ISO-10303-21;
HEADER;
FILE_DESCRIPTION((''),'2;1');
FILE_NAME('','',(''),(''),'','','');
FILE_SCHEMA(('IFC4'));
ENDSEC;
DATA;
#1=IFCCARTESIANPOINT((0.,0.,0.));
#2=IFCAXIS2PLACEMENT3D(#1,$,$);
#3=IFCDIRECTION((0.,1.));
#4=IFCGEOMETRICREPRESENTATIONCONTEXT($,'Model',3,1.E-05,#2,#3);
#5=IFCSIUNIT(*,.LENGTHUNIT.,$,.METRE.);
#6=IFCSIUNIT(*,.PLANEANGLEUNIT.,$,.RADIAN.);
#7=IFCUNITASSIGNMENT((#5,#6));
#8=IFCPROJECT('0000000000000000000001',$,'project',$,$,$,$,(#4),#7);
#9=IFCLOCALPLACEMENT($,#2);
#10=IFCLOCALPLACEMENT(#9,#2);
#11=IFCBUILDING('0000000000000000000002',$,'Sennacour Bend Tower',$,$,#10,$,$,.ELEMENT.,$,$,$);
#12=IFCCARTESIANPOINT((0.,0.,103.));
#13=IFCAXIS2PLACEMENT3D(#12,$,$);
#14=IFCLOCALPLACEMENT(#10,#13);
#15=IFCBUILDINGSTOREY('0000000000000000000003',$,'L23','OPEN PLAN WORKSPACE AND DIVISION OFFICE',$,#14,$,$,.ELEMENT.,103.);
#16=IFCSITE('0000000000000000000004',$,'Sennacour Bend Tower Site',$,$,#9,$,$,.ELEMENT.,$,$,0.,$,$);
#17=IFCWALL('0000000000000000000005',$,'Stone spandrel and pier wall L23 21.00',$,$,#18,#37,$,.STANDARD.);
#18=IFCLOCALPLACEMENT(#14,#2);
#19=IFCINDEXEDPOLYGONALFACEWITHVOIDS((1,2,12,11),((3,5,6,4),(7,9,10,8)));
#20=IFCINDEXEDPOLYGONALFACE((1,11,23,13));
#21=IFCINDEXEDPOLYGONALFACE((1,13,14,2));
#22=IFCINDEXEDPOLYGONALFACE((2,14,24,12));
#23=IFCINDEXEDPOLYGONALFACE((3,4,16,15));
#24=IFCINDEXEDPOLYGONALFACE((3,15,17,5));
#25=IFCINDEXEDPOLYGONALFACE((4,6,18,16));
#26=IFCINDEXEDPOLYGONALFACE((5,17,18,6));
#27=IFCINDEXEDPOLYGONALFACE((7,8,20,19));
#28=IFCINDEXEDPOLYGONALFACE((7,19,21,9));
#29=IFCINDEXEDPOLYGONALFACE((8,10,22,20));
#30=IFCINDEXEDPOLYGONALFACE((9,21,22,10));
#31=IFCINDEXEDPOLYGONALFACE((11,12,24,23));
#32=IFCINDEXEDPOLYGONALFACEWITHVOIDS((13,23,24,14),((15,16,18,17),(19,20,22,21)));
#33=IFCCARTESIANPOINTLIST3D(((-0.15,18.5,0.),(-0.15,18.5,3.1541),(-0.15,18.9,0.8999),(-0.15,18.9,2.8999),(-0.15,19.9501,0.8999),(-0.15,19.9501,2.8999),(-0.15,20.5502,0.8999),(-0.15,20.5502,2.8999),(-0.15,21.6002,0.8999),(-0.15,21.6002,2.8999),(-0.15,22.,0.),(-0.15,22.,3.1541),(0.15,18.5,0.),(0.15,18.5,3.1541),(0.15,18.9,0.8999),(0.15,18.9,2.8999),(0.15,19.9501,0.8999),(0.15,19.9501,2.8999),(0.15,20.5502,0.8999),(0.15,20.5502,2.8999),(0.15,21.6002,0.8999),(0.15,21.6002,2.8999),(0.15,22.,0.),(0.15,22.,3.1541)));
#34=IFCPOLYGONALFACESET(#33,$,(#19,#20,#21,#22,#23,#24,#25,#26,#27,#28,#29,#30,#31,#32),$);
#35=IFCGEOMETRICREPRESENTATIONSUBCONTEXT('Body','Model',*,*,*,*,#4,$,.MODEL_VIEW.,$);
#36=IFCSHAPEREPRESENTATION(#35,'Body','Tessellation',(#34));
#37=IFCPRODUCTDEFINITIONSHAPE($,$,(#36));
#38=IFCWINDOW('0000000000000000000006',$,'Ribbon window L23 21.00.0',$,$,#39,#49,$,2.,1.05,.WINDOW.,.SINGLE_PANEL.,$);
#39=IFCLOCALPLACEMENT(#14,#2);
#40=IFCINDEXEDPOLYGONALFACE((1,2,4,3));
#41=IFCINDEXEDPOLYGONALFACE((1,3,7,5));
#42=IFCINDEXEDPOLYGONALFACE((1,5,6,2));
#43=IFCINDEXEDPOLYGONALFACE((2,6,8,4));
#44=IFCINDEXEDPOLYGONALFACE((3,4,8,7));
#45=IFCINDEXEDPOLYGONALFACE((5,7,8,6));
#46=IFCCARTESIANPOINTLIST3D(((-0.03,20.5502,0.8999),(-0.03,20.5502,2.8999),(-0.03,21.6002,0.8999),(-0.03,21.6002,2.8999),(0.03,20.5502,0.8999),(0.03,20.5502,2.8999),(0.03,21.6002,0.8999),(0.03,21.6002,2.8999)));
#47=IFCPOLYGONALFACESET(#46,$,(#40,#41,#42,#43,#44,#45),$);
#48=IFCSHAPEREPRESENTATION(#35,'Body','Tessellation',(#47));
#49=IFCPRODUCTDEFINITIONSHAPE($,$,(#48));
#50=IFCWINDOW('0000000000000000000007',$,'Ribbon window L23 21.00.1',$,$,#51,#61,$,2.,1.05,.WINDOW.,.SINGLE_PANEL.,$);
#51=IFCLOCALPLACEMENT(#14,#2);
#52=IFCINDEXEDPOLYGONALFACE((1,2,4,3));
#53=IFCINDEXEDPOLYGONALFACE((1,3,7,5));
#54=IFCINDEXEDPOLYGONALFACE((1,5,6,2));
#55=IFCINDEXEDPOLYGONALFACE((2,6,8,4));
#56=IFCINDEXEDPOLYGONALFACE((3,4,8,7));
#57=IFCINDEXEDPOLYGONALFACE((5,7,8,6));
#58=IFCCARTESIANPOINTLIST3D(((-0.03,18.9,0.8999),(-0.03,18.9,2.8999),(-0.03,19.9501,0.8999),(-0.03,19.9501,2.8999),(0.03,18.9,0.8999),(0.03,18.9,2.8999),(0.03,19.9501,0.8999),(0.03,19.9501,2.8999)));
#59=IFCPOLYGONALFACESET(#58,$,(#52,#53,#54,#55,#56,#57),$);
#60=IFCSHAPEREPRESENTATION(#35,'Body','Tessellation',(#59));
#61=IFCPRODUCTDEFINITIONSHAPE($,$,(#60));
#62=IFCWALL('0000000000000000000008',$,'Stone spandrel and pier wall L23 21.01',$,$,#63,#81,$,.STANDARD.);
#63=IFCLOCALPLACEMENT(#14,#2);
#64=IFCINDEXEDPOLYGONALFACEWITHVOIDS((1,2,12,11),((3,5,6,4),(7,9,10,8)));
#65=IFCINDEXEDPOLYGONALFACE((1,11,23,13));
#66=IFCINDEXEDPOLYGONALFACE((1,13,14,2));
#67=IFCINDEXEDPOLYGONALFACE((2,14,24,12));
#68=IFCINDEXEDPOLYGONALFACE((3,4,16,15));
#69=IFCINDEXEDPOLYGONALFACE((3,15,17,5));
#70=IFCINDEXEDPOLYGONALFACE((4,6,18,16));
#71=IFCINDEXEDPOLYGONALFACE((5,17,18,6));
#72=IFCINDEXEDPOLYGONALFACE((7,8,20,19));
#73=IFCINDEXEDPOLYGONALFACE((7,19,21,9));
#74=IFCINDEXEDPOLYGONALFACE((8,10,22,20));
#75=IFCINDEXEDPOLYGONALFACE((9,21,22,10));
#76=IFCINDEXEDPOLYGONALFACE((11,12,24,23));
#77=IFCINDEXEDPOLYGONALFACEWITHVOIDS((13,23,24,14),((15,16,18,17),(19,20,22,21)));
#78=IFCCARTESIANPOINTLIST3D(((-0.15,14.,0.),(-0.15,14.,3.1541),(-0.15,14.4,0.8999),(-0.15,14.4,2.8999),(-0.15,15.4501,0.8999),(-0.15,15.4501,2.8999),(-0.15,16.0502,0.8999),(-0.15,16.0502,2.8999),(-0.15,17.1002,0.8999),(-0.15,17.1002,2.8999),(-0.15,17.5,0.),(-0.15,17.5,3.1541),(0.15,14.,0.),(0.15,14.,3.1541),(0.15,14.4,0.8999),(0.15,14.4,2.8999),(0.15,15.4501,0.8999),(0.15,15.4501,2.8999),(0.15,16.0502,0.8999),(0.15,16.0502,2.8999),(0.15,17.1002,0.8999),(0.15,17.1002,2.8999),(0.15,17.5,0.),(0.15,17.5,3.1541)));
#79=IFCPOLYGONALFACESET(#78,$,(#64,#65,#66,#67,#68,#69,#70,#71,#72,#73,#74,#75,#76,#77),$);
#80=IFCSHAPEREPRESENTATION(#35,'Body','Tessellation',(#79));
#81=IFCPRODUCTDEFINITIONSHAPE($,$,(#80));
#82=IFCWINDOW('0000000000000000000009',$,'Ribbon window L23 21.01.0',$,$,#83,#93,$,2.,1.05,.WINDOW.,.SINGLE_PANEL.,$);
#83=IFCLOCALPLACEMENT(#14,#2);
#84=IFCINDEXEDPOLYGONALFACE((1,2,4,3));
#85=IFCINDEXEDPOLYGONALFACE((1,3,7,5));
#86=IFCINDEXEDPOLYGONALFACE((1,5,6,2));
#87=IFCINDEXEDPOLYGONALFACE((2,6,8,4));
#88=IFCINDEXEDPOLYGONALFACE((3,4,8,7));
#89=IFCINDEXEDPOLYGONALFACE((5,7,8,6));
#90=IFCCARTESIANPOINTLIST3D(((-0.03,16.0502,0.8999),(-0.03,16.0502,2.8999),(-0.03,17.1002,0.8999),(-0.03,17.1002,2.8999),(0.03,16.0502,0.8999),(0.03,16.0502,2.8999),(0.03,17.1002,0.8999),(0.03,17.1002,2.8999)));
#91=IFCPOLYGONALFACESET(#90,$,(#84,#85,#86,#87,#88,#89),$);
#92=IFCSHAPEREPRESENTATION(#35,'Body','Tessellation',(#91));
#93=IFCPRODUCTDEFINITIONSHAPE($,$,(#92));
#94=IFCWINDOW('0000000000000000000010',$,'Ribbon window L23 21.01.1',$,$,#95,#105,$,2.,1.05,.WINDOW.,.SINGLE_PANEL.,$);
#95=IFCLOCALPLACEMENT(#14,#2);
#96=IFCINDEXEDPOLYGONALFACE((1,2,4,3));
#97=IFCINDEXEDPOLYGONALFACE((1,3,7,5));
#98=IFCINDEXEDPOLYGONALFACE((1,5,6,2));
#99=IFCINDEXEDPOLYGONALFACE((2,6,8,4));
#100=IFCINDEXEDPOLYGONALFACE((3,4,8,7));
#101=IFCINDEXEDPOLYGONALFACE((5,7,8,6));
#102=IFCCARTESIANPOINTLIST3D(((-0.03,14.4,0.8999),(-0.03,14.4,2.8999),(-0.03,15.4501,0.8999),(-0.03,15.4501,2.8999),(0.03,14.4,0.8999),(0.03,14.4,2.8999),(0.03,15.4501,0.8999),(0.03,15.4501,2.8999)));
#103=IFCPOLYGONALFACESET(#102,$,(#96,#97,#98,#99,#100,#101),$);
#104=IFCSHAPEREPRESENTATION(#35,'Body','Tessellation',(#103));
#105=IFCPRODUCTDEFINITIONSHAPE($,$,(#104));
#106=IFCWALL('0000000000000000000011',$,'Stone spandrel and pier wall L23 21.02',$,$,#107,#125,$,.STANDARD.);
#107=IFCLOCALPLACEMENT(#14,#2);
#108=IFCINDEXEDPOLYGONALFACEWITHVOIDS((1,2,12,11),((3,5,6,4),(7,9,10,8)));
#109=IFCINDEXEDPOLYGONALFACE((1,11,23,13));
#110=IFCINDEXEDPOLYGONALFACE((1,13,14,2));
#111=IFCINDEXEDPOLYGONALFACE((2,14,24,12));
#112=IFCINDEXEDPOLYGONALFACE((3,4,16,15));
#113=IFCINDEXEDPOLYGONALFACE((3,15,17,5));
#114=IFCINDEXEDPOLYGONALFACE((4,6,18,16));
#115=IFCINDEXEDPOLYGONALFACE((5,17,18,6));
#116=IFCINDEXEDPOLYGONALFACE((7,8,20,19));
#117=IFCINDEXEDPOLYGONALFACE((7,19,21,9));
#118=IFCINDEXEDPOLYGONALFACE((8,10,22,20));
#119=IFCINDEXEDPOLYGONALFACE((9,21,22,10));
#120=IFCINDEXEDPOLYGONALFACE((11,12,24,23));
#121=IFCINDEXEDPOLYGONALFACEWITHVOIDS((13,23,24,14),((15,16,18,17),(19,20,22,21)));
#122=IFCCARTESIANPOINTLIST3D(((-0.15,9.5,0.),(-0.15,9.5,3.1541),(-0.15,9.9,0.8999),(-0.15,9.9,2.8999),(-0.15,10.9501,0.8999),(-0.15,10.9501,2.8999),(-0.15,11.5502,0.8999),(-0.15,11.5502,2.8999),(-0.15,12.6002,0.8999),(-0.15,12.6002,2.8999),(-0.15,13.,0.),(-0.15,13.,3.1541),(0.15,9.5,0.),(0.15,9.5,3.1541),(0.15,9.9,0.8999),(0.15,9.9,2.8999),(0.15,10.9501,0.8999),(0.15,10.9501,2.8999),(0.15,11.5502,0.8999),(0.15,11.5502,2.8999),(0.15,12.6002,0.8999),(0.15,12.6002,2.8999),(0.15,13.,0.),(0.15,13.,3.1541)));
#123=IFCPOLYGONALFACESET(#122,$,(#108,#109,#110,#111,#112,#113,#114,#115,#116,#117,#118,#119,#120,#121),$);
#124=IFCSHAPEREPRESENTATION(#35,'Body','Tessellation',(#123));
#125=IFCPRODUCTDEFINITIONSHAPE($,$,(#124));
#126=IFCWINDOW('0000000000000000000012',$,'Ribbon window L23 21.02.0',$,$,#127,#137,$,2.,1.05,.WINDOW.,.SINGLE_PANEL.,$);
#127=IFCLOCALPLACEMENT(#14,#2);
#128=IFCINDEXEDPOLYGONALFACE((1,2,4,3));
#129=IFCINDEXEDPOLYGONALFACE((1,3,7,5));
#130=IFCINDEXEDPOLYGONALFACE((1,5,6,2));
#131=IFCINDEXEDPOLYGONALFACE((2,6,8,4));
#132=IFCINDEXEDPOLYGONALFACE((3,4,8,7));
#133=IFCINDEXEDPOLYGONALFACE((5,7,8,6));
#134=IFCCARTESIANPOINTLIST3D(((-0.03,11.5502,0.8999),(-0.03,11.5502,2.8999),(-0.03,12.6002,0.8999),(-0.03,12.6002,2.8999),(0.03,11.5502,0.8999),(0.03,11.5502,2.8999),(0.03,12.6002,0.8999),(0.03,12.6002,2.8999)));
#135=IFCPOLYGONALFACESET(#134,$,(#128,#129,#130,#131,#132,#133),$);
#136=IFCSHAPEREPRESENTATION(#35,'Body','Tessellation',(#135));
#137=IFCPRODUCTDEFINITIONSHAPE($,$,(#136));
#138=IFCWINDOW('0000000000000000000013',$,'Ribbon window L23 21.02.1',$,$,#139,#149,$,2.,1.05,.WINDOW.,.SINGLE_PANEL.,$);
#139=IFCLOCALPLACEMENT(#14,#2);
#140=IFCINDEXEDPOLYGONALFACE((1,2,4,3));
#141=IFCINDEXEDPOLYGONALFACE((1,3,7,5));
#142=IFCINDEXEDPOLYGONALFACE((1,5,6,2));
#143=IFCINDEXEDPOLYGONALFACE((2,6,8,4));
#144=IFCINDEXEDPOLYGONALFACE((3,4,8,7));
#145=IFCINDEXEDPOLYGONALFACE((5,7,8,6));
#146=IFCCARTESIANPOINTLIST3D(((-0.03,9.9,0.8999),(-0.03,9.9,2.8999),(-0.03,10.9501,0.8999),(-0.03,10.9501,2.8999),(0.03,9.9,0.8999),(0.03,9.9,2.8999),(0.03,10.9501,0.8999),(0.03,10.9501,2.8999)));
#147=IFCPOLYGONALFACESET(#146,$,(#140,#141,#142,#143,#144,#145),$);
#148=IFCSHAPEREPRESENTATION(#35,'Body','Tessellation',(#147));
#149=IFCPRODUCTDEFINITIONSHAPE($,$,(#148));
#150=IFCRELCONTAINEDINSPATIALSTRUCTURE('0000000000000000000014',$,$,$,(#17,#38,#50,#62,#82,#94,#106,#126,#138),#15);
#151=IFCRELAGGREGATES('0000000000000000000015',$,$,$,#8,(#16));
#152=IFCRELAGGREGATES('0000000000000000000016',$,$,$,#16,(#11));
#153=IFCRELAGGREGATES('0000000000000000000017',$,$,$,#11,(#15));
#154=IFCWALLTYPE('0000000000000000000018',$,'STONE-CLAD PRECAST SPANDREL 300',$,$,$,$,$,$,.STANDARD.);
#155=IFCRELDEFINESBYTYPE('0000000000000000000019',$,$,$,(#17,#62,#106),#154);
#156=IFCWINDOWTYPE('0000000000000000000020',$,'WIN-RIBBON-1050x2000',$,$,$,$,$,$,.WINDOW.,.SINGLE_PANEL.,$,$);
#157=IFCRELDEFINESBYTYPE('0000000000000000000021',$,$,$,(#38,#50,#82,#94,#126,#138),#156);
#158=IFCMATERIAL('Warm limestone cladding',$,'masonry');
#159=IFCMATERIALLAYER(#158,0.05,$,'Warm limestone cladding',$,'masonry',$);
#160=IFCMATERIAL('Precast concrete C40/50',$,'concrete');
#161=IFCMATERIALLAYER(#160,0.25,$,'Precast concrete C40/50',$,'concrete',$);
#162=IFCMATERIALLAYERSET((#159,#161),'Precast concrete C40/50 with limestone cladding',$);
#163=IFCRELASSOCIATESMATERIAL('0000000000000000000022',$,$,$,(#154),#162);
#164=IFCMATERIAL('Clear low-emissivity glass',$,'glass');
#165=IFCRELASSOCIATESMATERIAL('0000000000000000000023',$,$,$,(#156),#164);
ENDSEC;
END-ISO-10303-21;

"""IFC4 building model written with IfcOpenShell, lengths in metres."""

from ifc_helpers import new_model, si_unit, direction, frame, frame_2d, origin, place, context, subcontext, project, spatial, rectangle, extrude, material, layer, layer_set, type_object, element, fill, save


model = new_model("IFC4")

# Units and contexts
model_context = context("Model", 3, precision=1e-05, world=origin(), true_north=direction((0.0, 1.0)))
body_context = subcontext(model_context, "Body", "Model", "MODEL_VIEW")
ifc_project = project(units=[si_unit("LENGTHUNIT", "METRE"), si_unit("PLANEANGLEUNIT", "RADIAN")], contexts=[model_context])

# Site, building, storey
site_placement = place(None, origin())
site = spatial("IfcSite", under=ifc_project, at=site_placement, Name="Sennacour Bend Tower Site", CompositionType="ELEMENT", RefElevation=0.0)
building_placement = place(site_placement, origin())
building = spatial("IfcBuilding", under=site, at=building_placement, Name="Sennacour Bend Tower", CompositionType="ELEMENT")
storey_placement = place(building_placement, frame((0.0, 0.0, 103.0)))
storey = spatial("IfcBuildingStorey", under=building, at=storey_placement, Name="L23", Description="OPEN PLAN WORKSPACE AND DIVISION OFFICE", CompositionType="ELEMENT", Elevation=103.0)

# Walls, openings, windows
ifc_material_1 = material(Name="Warm limestone cladding", Category="masonry")
ifc_layer_1 = layer(ifc_material_1, 0.05, Name="Warm limestone cladding", Category="masonry")
ifc_material_2 = material(Name="Precast concrete C40/50", Category="concrete")
ifc_layer_2 = layer(ifc_material_2, 0.25, Name="Precast concrete C40/50", Category="concrete")
ifc_layer_set = layer_set([ifc_layer_1, ifc_layer_2], Name="Precast concrete C40/50 with limestone cladding")
wall_type = type_object("IfcWallType", Name="STONE-CLAD PRECAST SPANDREL 300", PredefinedType="STANDARD", material=ifc_layer_set)
wall_1_placement = place(storey_placement, frame((0.0, 22.0, 0.0), z_axis=(0.0, 0.0, 1.0), x_axis=(0.0, -1.0, 0.0)))
wall_1 = element("IfcWall", 1, at=wall_1_placement, inside=storey, type_object=wall_type, Name="Stone spandrel and pier wall L23 21.00", PredefinedType="STANDARD", context=body_context, shape_type="SweptSolid", body=[
    extrude(rectangle(XDim=3.5, YDim=0.3, at=frame_2d((1.75, 0.0))), origin(), (0.0, 0.0, 1.0), 3.1541),
])
opening_1_placement = place(wall_1_placement, frame((0.3999, 0.0, 0.8999)))
opening_1 = element("IfcOpeningElement", 2, at=opening_1_placement, cuts=wall_1, PredefinedType="OPENING", context=body_context, shape_type="SweptSolid", body=[
    extrude(rectangle(XDim=1.05, YDim=2.0, at=frame_2d((0.5249, 1.0))), frame((0.0, 0.1602, 0.0), z_axis=(0.0, -1.0, 0.0), x_axis=(1.0, 0.0, 0.0)), (0.0, 0.0, 1.0), 0.3201),
])
opening_2_placement = place(wall_1_placement, frame((2.05, 0.0, 0.8999)))
opening_2 = element("IfcOpeningElement", 3, at=opening_2_placement, cuts=wall_1, PredefinedType="OPENING", context=body_context, shape_type="SweptSolid", body=[
    extrude(rectangle(XDim=1.05, YDim=2.0, at=frame_2d((0.5249, 1.0))), frame((0.0, 0.1602, 0.0), z_axis=(0.0, -1.0, 0.0), x_axis=(1.0, 0.0, 0.0)), (0.0, 0.0, 1.0), 0.3201),
])
ifc_material_3 = material(Name="Clear low-emissivity glass", Category="glass")
window_type = type_object("IfcWindowType", Name="WIN-RIBBON-1050x2000", PartitioningType="SINGLE_PANEL", PredefinedType="WINDOW", material=ifc_material_3)
window_1_placement = place(opening_1_placement, origin())
window_1 = element("IfcWindow", 4, at=window_1_placement, inside=storey, type_object=window_type, Name="Ribbon window L23 21.00.0", OverallHeight=2.0, OverallWidth=1.05, PartitioningType="SINGLE_PANEL", PredefinedType="WINDOW", context=body_context, shape_type="SweptSolid", body=[
    extrude(rectangle(XDim=1.05, YDim=2.0, at=frame_2d((0.5249, 1.0))), frame((0.0, 0.03, 0.0), z_axis=(0.0, -1.0, 0.0), x_axis=(1.0, 0.0, 0.0)), (0.0, 0.0, 1.0), 0.0601),
])
fill(opening_1, window_1)
window_2_placement = place(opening_2_placement, origin())
window_2 = element("IfcWindow", 5, at=window_2_placement, inside=storey, type_object=window_type, Name="Ribbon window L23 21.00.1", OverallHeight=2.0, OverallWidth=1.05, PartitioningType="SINGLE_PANEL", PredefinedType="WINDOW", context=body_context, shape_type="SweptSolid", body=[
    extrude(rectangle(XDim=1.05, YDim=2.0, at=frame_2d((0.5249, 1.0))), frame((0.0, 0.03, 0.0), z_axis=(0.0, -1.0, 0.0), x_axis=(1.0, 0.0, 0.0)), (0.0, 0.0, 1.0), 0.0601),
])
fill(opening_2, window_2)
wall_2_placement = place(storey_placement, frame((0.0, 17.5, 0.0), z_axis=(0.0, 0.0, 1.0), x_axis=(0.0, -1.0, 0.0)))
wall_2 = element("IfcWall", 6, at=wall_2_placement, inside=storey, type_object=wall_type, Name="Stone spandrel and pier wall L23 21.01", PredefinedType="STANDARD", context=body_context, shape_type="SweptSolid", body=[
    extrude(rectangle(XDim=3.5, YDim=0.3, at=frame_2d((1.75, 0.0))), origin(), (0.0, 0.0, 1.0), 3.1541),
])
opening_3_placement = place(wall_2_placement, frame((0.3999, 0.0, 0.8999)))
opening_3 = element("IfcOpeningElement", 7, at=opening_3_placement, cuts=wall_2, PredefinedType="OPENING", context=body_context, shape_type="SweptSolid", body=[
    extrude(rectangle(XDim=1.05, YDim=2.0, at=frame_2d((0.5249, 1.0))), frame((0.0, 0.1602, 0.0), z_axis=(0.0, -1.0, 0.0), x_axis=(1.0, 0.0, 0.0)), (0.0, 0.0, 1.0), 0.3201),
])
opening_4_placement = place(wall_2_placement, frame((2.05, 0.0, 0.8999)))
opening_4 = element("IfcOpeningElement", 8, at=opening_4_placement, cuts=wall_2, PredefinedType="OPENING", context=body_context, shape_type="SweptSolid", body=[
    extrude(rectangle(XDim=1.05, YDim=2.0, at=frame_2d((0.5249, 1.0))), frame((0.0, 0.1602, 0.0), z_axis=(0.0, -1.0, 0.0), x_axis=(1.0, 0.0, 0.0)), (0.0, 0.0, 1.0), 0.3201),
])
window_3_placement = place(opening_3_placement, origin())
window_3 = element("IfcWindow", 9, at=window_3_placement, inside=storey, type_object=window_type, Name="Ribbon window L23 21.01.0", OverallHeight=2.0, OverallWidth=1.05, PartitioningType="SINGLE_PANEL", PredefinedType="WINDOW", context=body_context, shape_type="SweptSolid", body=[
    extrude(rectangle(XDim=1.05, YDim=2.0, at=frame_2d((0.5249, 1.0))), frame((0.0, 0.03, 0.0), z_axis=(0.0, -1.0, 0.0), x_axis=(1.0, 0.0, 0.0)), (0.0, 0.0, 1.0), 0.0601),
])
fill(opening_3, window_3)
window_4_placement = place(opening_4_placement, origin())
window_4 = element("IfcWindow", 10, at=window_4_placement, inside=storey, type_object=window_type, Name="Ribbon window L23 21.01.1", OverallHeight=2.0, OverallWidth=1.05, PartitioningType="SINGLE_PANEL", PredefinedType="WINDOW", context=body_context, shape_type="SweptSolid", body=[
    extrude(rectangle(XDim=1.05, YDim=2.0, at=frame_2d((0.5249, 1.0))), frame((0.0, 0.03, 0.0), z_axis=(0.0, -1.0, 0.0), x_axis=(1.0, 0.0, 0.0)), (0.0, 0.0, 1.0), 0.0601),
])
fill(opening_4, window_4)
wall_3_placement = place(storey_placement, frame((0.0, 13.0, 0.0), z_axis=(0.0, 0.0, 1.0), x_axis=(0.0, -1.0, 0.0)))
wall_3 = element("IfcWall", 11, at=wall_3_placement, inside=storey, type_object=wall_type, Name="Stone spandrel and pier wall L23 21.02", PredefinedType="STANDARD", context=body_context, shape_type="SweptSolid", body=[
    extrude(rectangle(XDim=3.5, YDim=0.3, at=frame_2d((1.75, 0.0))), origin(), (0.0, 0.0, 1.0), 3.1541),
])
opening_5_placement = place(wall_3_placement, frame((0.3999, 0.0, 0.8999)))
opening_5 = element("IfcOpeningElement", 12, at=opening_5_placement, cuts=wall_3, PredefinedType="OPENING", context=body_context, shape_type="SweptSolid", body=[
    extrude(rectangle(XDim=1.05, YDim=2.0, at=frame_2d((0.5249, 1.0))), frame((0.0, 0.1602, 0.0), z_axis=(0.0, -1.0, 0.0), x_axis=(1.0, 0.0, 0.0)), (0.0, 0.0, 1.0), 0.3201),
])
opening_6_placement = place(wall_3_placement, frame((2.05, 0.0, 0.8999)))
opening_6 = element("IfcOpeningElement", 13, at=opening_6_placement, cuts=wall_3, PredefinedType="OPENING", context=body_context, shape_type="SweptSolid", body=[
    extrude(rectangle(XDim=1.05, YDim=2.0, at=frame_2d((0.5249, 1.0))), frame((0.0, 0.1602, 0.0), z_axis=(0.0, -1.0, 0.0), x_axis=(1.0, 0.0, 0.0)), (0.0, 0.0, 1.0), 0.3201),
])
window_5_placement = place(opening_5_placement, origin())
window_5 = element("IfcWindow", 14, at=window_5_placement, inside=storey, type_object=window_type, Name="Ribbon window L23 21.02.0", OverallHeight=2.0, OverallWidth=1.05, PartitioningType="SINGLE_PANEL", PredefinedType="WINDOW", context=body_context, shape_type="SweptSolid", body=[
    extrude(rectangle(XDim=1.05, YDim=2.0, at=frame_2d((0.5249, 1.0))), frame((0.0, 0.03, 0.0), z_axis=(0.0, -1.0, 0.0), x_axis=(1.0, 0.0, 0.0)), (0.0, 0.0, 1.0), 0.0601),
])
fill(opening_5, window_5)
window_6_placement = place(opening_6_placement, origin())
window_6 = element("IfcWindow", 15, at=window_6_placement, inside=storey, type_object=window_type, Name="Ribbon window L23 21.02.1", OverallHeight=2.0, OverallWidth=1.05, PartitioningType="SINGLE_PANEL", PredefinedType="WINDOW", context=body_context, shape_type="SweptSolid", body=[
    extrude(rectangle(XDim=1.05, YDim=2.0, at=frame_2d((0.5249, 1.0))), frame((0.0, 0.03, 0.0), z_axis=(0.0, -1.0, 0.0), x_axis=(1.0, 0.0, 0.0)), (0.0, 0.0, 1.0), 0.0601),
])
fill(opening_6, window_6)

save(model, "model.ifc")
